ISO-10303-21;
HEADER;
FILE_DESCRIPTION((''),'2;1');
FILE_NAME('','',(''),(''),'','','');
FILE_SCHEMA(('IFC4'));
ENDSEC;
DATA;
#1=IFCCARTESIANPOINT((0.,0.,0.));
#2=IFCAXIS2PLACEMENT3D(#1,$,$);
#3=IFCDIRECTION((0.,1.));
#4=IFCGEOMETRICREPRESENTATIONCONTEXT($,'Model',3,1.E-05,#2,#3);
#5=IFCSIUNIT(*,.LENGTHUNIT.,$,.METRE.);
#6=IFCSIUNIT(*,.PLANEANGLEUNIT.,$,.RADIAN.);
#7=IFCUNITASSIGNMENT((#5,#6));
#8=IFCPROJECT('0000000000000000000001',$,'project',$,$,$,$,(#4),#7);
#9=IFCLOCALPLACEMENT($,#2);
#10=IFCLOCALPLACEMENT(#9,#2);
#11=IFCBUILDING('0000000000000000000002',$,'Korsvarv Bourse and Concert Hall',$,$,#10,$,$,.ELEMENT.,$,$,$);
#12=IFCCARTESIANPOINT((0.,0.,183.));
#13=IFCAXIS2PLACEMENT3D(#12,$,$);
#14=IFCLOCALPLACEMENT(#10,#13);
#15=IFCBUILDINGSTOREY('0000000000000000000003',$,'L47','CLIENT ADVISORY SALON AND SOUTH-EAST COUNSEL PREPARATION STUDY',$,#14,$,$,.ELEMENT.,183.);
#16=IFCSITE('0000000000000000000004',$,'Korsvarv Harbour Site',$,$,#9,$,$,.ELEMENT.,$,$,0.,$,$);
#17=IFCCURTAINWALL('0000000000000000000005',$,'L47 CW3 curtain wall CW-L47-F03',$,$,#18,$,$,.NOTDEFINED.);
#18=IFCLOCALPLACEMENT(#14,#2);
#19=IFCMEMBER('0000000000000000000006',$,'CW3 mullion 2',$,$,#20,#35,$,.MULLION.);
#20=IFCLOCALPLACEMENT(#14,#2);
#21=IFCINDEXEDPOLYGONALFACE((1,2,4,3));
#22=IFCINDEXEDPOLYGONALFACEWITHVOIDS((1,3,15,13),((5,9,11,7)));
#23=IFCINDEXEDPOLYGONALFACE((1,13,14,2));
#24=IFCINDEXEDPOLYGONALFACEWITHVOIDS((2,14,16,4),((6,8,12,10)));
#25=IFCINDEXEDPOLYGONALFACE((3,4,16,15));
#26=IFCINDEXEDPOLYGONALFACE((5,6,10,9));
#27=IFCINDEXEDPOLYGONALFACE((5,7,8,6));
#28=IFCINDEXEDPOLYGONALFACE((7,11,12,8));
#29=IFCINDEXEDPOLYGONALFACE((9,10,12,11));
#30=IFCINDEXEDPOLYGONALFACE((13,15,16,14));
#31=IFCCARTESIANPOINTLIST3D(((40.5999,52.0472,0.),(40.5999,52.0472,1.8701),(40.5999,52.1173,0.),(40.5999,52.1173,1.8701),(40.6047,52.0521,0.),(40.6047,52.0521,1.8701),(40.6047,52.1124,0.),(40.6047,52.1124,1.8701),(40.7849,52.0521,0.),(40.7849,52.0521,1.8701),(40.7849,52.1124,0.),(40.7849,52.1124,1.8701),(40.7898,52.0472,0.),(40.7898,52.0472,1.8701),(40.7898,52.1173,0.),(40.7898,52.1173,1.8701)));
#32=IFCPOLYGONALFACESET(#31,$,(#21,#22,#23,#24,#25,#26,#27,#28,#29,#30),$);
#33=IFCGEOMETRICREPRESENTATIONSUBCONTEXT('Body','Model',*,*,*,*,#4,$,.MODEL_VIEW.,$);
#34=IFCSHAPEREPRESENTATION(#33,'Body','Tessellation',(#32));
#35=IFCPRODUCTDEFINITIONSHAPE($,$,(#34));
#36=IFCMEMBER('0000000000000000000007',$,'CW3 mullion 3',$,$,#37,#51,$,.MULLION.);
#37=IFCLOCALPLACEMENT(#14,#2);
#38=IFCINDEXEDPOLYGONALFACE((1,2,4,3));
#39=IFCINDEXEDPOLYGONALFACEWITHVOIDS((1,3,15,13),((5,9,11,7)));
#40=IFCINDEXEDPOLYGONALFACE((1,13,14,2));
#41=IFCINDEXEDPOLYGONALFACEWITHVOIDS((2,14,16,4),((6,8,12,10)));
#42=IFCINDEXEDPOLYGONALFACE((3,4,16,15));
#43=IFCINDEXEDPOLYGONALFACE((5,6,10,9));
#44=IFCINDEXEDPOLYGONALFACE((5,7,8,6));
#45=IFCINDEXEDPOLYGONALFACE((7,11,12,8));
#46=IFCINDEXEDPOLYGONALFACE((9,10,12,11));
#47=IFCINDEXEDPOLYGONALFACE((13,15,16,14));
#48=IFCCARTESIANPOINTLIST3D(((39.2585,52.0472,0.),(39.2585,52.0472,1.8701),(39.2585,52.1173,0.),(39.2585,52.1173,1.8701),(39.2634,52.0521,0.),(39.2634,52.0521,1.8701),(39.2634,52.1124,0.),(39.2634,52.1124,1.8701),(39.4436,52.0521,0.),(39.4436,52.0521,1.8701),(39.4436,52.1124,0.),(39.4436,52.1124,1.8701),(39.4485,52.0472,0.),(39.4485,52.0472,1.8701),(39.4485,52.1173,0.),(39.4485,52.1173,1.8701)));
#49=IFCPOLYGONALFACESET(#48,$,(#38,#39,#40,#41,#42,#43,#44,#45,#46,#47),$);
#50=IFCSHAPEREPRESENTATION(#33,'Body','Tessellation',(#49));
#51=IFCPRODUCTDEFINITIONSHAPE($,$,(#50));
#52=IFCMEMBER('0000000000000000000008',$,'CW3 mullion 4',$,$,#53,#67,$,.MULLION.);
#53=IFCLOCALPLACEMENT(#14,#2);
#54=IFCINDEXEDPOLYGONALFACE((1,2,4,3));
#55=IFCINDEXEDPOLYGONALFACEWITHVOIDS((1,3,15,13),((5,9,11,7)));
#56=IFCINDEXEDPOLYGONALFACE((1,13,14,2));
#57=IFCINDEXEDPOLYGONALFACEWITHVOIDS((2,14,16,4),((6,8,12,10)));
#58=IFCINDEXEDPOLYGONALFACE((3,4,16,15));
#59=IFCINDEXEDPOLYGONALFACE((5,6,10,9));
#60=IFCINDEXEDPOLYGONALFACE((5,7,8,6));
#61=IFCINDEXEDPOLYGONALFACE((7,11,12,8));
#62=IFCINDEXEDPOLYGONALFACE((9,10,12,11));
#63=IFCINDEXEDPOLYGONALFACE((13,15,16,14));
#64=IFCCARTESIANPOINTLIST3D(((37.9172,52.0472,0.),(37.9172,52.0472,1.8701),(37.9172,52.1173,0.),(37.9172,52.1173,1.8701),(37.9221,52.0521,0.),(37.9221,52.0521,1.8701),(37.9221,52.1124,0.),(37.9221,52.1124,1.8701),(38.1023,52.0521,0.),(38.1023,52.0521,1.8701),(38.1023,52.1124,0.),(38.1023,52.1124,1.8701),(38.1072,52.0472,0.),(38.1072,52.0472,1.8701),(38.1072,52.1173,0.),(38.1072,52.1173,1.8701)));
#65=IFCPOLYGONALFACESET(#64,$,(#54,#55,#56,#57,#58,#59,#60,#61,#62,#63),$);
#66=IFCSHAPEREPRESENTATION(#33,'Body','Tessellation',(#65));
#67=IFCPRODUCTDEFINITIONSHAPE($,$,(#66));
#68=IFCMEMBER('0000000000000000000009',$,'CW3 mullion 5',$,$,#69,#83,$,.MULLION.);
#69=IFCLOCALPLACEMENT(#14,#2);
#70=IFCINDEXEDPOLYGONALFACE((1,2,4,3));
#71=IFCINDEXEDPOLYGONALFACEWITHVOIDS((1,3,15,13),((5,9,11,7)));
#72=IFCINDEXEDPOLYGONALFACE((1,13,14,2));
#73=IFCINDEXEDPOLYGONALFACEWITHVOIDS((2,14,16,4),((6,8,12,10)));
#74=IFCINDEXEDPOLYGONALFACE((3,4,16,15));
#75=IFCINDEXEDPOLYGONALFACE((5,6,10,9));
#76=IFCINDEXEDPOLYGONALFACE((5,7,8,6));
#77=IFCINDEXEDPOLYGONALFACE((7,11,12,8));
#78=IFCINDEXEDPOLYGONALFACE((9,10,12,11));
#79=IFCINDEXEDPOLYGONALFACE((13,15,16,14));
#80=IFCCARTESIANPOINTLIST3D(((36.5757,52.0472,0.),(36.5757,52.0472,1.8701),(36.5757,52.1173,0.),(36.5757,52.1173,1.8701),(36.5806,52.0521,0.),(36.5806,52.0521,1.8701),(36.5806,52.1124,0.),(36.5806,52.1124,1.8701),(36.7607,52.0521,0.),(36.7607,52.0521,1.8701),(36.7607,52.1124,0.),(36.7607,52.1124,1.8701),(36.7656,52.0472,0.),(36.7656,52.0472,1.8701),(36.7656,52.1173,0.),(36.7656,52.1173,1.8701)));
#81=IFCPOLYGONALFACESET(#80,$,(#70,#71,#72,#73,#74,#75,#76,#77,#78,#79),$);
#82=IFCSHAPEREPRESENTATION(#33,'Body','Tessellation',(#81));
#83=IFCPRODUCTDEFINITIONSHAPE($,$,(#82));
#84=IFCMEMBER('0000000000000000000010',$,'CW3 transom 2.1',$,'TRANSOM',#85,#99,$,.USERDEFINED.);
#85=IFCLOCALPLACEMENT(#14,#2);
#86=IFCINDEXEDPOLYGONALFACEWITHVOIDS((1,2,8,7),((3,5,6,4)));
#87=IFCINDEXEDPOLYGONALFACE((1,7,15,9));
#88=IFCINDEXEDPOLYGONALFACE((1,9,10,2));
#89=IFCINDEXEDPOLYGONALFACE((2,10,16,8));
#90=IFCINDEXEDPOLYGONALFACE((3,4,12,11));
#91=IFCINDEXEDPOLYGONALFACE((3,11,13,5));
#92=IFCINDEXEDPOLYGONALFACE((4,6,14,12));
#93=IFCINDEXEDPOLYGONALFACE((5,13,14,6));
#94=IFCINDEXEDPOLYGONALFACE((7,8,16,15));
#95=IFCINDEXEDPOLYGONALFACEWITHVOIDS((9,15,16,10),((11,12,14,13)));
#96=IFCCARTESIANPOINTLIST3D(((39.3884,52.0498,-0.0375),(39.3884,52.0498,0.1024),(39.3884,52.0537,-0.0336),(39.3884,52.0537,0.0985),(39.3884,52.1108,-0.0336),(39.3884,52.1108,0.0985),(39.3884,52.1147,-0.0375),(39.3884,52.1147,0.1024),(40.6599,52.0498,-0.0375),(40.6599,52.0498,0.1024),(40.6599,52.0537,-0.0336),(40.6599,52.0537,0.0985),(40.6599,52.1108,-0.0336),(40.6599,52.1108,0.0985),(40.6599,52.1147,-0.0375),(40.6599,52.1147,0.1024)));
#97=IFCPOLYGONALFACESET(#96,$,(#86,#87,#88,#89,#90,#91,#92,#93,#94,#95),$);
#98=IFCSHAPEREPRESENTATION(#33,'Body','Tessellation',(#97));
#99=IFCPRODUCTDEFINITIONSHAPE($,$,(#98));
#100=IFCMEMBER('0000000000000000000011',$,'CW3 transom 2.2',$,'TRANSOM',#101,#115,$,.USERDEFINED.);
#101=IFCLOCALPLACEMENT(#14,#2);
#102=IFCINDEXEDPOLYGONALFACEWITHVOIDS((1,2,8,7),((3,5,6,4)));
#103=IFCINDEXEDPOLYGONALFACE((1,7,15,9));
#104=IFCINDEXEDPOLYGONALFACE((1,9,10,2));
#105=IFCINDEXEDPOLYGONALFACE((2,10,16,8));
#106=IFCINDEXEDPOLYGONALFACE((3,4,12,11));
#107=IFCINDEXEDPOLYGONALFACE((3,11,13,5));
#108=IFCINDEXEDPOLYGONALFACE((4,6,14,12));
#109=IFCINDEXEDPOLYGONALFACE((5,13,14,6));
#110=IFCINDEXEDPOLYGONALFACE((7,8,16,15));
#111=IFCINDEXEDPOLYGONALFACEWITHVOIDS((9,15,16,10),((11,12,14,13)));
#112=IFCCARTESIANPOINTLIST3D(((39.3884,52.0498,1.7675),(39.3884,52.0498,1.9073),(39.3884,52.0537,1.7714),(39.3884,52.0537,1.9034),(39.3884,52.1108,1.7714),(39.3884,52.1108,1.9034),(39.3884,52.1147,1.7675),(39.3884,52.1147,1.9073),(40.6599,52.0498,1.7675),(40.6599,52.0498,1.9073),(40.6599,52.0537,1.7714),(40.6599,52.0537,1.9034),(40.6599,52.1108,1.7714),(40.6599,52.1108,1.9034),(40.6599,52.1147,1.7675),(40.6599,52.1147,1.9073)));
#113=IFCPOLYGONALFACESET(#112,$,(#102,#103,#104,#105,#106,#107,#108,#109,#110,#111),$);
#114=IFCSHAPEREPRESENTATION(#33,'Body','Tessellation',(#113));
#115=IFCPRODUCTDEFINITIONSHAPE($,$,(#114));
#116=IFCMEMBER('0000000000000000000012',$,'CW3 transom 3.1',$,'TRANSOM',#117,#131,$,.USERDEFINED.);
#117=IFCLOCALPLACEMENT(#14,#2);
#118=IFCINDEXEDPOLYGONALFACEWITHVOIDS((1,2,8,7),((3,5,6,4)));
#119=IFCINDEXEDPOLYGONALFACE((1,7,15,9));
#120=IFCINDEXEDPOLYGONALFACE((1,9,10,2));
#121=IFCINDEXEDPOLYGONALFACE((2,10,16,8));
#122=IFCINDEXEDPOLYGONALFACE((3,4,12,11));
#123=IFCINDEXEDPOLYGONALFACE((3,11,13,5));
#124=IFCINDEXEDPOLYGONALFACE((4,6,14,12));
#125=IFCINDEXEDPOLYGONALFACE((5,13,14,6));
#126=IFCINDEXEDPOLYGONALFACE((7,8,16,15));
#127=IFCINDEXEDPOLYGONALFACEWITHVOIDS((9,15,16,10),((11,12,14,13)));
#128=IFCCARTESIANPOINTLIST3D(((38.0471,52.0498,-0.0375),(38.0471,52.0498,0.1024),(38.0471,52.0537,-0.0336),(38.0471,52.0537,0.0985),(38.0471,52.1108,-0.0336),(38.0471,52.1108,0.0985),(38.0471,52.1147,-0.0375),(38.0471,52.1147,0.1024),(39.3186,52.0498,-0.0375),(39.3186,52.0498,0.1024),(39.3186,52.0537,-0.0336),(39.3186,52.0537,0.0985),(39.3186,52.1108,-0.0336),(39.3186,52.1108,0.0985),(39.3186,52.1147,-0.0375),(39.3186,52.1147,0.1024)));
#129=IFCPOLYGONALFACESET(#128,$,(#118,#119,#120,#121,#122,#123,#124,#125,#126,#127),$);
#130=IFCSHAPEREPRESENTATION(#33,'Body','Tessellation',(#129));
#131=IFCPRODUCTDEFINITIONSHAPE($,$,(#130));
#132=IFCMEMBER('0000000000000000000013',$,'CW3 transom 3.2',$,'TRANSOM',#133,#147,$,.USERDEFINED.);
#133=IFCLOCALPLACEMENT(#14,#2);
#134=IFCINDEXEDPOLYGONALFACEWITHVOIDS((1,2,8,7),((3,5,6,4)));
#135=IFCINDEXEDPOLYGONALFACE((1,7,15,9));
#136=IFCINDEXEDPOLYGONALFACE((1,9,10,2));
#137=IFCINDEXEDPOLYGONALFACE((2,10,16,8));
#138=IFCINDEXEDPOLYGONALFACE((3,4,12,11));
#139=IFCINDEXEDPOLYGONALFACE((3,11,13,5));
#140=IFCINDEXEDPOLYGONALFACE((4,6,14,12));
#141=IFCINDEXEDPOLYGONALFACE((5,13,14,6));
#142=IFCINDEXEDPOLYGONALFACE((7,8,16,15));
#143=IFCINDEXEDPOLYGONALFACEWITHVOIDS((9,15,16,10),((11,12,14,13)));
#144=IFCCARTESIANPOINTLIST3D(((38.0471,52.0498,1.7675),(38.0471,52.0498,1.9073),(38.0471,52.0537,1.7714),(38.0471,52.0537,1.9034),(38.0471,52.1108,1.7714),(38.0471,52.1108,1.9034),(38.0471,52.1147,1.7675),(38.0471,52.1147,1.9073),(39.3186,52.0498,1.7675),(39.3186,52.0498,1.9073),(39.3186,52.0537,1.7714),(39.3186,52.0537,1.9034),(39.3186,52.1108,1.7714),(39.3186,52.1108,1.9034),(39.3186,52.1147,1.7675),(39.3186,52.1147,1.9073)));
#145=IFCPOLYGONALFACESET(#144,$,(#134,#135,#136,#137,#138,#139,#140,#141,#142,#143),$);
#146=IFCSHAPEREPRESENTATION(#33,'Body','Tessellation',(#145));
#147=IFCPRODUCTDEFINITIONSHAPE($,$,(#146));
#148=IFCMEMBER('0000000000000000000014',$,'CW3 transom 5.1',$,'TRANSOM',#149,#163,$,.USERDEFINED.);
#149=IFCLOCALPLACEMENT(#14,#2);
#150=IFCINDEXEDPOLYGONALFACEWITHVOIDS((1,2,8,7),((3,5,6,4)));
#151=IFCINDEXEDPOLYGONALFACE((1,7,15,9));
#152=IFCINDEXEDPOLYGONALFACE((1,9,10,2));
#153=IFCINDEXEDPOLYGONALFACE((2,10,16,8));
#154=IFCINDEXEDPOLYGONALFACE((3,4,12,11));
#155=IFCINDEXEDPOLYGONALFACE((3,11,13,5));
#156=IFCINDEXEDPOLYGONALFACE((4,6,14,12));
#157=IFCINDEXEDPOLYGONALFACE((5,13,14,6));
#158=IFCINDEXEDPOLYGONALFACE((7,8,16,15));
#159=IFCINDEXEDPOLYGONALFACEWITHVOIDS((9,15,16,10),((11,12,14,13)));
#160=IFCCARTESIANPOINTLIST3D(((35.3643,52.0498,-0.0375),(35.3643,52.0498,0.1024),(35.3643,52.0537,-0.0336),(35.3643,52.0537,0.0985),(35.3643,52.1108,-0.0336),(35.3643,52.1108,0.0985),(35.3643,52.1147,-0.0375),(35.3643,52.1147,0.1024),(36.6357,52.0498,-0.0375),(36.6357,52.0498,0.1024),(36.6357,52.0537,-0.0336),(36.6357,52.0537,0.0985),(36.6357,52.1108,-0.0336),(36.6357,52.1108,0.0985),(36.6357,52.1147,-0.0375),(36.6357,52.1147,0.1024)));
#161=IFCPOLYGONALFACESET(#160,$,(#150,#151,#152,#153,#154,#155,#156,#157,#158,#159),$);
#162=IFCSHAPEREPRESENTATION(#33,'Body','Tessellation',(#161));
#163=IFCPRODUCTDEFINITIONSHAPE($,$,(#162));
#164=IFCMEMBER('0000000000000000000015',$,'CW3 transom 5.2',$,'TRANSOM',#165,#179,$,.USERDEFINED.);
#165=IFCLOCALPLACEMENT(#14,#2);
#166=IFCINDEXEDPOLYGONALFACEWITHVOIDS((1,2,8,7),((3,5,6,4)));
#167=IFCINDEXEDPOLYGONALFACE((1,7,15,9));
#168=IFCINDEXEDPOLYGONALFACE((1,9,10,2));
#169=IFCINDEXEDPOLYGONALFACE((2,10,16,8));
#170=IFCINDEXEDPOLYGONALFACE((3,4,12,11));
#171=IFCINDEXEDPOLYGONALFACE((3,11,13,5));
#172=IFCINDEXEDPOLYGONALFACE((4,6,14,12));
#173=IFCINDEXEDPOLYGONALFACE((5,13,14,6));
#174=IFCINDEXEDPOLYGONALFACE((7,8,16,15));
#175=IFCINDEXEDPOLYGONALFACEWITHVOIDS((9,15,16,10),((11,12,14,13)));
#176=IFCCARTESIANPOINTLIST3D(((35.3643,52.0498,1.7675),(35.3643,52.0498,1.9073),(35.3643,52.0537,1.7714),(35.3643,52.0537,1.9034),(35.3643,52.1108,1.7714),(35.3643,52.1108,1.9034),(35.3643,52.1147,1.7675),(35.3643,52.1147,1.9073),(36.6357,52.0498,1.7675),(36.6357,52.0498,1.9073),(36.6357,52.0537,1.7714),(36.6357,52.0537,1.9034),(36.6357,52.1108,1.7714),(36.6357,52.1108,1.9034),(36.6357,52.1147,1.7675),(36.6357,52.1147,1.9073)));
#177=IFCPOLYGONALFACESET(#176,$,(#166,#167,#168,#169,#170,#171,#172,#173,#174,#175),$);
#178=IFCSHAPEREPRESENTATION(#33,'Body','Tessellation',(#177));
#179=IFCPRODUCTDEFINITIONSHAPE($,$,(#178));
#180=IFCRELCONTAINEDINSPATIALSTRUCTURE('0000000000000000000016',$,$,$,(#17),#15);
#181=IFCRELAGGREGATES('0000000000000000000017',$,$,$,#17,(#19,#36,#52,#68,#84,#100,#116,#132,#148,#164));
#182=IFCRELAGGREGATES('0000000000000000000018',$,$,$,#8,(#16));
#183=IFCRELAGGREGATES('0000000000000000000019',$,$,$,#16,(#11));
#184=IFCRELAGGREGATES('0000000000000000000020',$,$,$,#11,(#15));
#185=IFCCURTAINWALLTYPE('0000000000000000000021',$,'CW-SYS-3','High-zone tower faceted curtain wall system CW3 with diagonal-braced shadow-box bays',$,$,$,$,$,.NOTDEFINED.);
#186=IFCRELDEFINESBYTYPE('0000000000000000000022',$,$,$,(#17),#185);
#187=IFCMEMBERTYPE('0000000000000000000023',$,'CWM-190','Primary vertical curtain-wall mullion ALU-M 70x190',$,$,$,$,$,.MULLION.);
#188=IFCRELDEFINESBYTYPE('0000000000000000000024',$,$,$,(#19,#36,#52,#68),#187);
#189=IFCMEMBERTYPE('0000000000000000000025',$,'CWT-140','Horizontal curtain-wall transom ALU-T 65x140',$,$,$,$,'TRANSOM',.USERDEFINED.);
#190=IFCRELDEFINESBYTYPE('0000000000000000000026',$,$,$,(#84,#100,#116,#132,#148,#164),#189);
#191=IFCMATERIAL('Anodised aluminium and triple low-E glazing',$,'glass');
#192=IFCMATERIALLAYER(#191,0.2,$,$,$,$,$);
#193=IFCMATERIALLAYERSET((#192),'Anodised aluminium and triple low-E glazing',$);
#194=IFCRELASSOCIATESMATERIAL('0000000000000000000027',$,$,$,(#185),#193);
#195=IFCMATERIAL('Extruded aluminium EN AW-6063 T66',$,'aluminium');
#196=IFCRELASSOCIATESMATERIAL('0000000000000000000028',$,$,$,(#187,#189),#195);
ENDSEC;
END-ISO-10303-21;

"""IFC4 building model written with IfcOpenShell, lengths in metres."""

from ifc_helpers import new_model, si_unit, direction, frame, origin, origin_2d, place, context, subcontext, project, spatial, hollow_rectangle, extrude, source, transform, mapped, material, layer, layer_set, material_profile, profile_set, type_object, element, aggregate, save


model = new_model("IFC4")

# Units and contexts
model_context = context("Model", 3, precision=1e-05, world=origin(), true_north=direction((0.0, 1.0)))
body_context = subcontext(model_context, "Body", "Model", "MODEL_VIEW")
ifc_project = project(units=[si_unit("LENGTHUNIT", "METRE"), si_unit("PLANEANGLEUNIT", "RADIAN")], contexts=[model_context])

# Site, building, storey
site_placement = place(None, origin())
site = spatial("IfcSite", under=ifc_project, at=site_placement, Name="Korsvarv Harbour Site", CompositionType="ELEMENT", RefElevation=0.0)
building_placement = place(site_placement, origin())
building = spatial("IfcBuilding", under=site, at=building_placement, Name="Korsvarv Bourse and Concert Hall", CompositionType="ELEMENT")
storey_placement = place(building_placement, frame((0.0, 0.0, 183.0)))
storey = spatial("IfcBuildingStorey", under=building, at=storey_placement, Name="L47", Description="CLIENT ADVISORY SALON AND SOUTH-EAST COUNSEL PREPARATION STUDY", CompositionType="ELEMENT", Elevation=183.0)

# Curtain wall, members
ifc_material_1 = material(Name="Anodised aluminium and triple low-E glazing", Category="glass")
ifc_layer_1 = layer(ifc_material_1, 0.2)
ifc_layer_set_1 = layer_set([ifc_layer_1], Name="Anodised aluminium and triple low-E glazing")
curtain_wall_type = type_object("IfcCurtainWallType", Name="CW-SYS-3", Description="High-zone tower faceted curtain wall system CW3 with diagonal-braced shadow-box bays", PredefinedType="NOTDEFINED", material=ifc_layer_set_1)
curtain_wall_placement = place(storey_placement, origin())
curtain_wall = element("IfcCurtainWall", 1, at=curtain_wall_placement, inside=storey, type_object=curtain_wall_type, Name="L47 CW3 curtain wall CW-L47-F03", PredefinedType="NOTDEFINED")
ifc_material_2 = material(Name="Extruded aluminium EN AW-6063 T66", Category="aluminium")
ifc_material_profile_1 = material_profile(ifc_material_2, hollow_rectangle(XDim=0.0701, YDim=0.1899, WallThickness=0.0049, at=origin_2d()), Name="ALU-M 70x190")
ifc_profile_set_1 = profile_set([ifc_material_profile_1], Name="Extruded aluminium EN AW-6063 T66")
member_type_1 = type_object("IfcMemberType", Name="CWM-190", Description="Primary vertical curtain-wall mullion ALU-M 70x190", PredefinedType="MULLION", material=ifc_profile_set_1)
shared_shape_1 = source(origin(), body_context, "Body", "SweptSolid", [
    extrude(hollow_rectangle(XDim=0.0701, YDim=0.1899, WallThickness=0.0049, at=origin_2d()), origin(), (0.0, 0.0, 1.0), 1.8701),
])
member_1_placement = place(storey_placement, frame((40.6948, 52.0823, 0.0), z_axis=(0.0, 0.0, 1.0), x_axis=(0.0, -1.0, 0.0)))
member_1 = element("IfcMember", 2, at=member_1_placement, type_object=member_type_1, Name="CW3 mullion 2", PredefinedType="MULLION", context=body_context, shape_type="MappedRepresentation", body=[
    mapped(shared_shape_1, transform((0.0, 0.0, 0.0), scale=1.0)),
])
member_2_placement = place(storey_placement, frame((39.3535, 52.0823, 0.0), z_axis=(0.0, 0.0, 1.0), x_axis=(0.0, -1.0, 0.0)))
member_2 = element("IfcMember", 3, at=member_2_placement, type_object=member_type_1, Name="CW3 mullion 3", PredefinedType="MULLION", context=body_context, shape_type="MappedRepresentation", body=[
    mapped(shared_shape_1, transform((0.0, 0.0, 0.0), scale=1.0)),
])
member_3_placement = place(storey_placement, frame((38.0122, 52.0823, 0.0), z_axis=(0.0, 0.0, 1.0), x_axis=(0.0, -1.0, 0.0)))
member_3 = element("IfcMember", 4, at=member_3_placement, type_object=member_type_1, Name="CW3 mullion 4", PredefinedType="MULLION", context=body_context, shape_type="MappedRepresentation", body=[
    mapped(shared_shape_1, transform((0.0, 0.0, 0.0), scale=1.0)),
])
member_4_placement = place(storey_placement, frame((36.6707, 52.0823, 0.0), z_axis=(0.0, 0.0, 1.0), x_axis=(0.0, -1.0, 0.0)))
member_4 = element("IfcMember", 5, at=member_4_placement, type_object=member_type_1, Name="CW3 mullion 5", PredefinedType="MULLION", context=body_context, shape_type="MappedRepresentation", body=[
    mapped(shared_shape_1, transform((0.0, 0.0, 0.0), scale=1.0)),
])
ifc_material_profile_2 = material_profile(ifc_material_2, hollow_rectangle(XDim=0.0649, YDim=0.1399, WallThickness=0.0039, at=origin_2d()), Name="ALU-T 65x140")
ifc_profile_set_2 = profile_set([ifc_material_profile_2], Name="Extruded aluminium EN AW-6063 T66")
member_type_2 = type_object("IfcMemberType", Name="CWT-140", Description="Horizontal curtain-wall transom ALU-T 65x140", ElementType="TRANSOM", PredefinedType="USERDEFINED", material=ifc_profile_set_2)
shared_shape_2 = source(origin(), body_context, "Body", "SweptSolid", [
    extrude(hollow_rectangle(XDim=0.0649, YDim=0.1399, WallThickness=0.0039, at=origin_2d()), origin(), (0.0, 0.0, 1.0), 1.2715),
])
member_5_placement = place(storey_placement, frame((40.6599, 52.0823, 0.0325), z_axis=(-1.0, 0.0, 0.0), x_axis=(0.0, -1.0, 0.0)))
member_5 = element("IfcMember", 6, at=member_5_placement, type_object=member_type_2, Name="CW3 transom 2.1", ObjectType="TRANSOM", PredefinedType="USERDEFINED", context=body_context, shape_type="MappedRepresentation", body=[
    mapped(shared_shape_2, transform((0.0, 0.0, 0.0), scale=1.0)),
])
member_6_placement = place(storey_placement, frame((40.6599, 52.0823, 1.8374), z_axis=(-1.0, 0.0, 0.0), x_axis=(0.0, -1.0, 0.0)))
member_6 = element("IfcMember", 7, at=member_6_placement, type_object=member_type_2, Name="CW3 transom 2.2", ObjectType="TRANSOM", PredefinedType="USERDEFINED", context=body_context, shape_type="MappedRepresentation", body=[
    mapped(shared_shape_2, transform((0.0, 0.0, 0.0), scale=1.0)),
])
member_7_placement = place(storey_placement, frame((39.3186, 52.0823, 0.0325), z_axis=(-1.0, 0.0, 0.0), x_axis=(0.0, -1.0, 0.0)))
member_7 = element("IfcMember", 8, at=member_7_placement, type_object=member_type_2, Name="CW3 transom 3.1", ObjectType="TRANSOM", PredefinedType="USERDEFINED", context=body_context, shape_type="MappedRepresentation", body=[
    mapped(shared_shape_2, transform((0.0, 0.0, 0.0), scale=1.0)),
])
member_8_placement = place(storey_placement, frame((39.3186, 52.0823, 1.8374), z_axis=(-1.0, 0.0, 0.0), x_axis=(0.0, -1.0, 0.0)))
member_8 = element("IfcMember", 9, at=member_8_placement, type_object=member_type_2, Name="CW3 transom 3.2", ObjectType="TRANSOM", PredefinedType="USERDEFINED", context=body_context, shape_type="MappedRepresentation", body=[
    mapped(shared_shape_2, transform((0.0, 0.0, 0.0), scale=1.0)),
])
member_9_placement = place(storey_placement, frame((36.6357, 52.0823, 0.0325), z_axis=(-1.0, 0.0, 0.0), x_axis=(0.0, -1.0, 0.0)))
member_9 = element("IfcMember", 10, at=member_9_placement, type_object=member_type_2, Name="CW3 transom 5.1", ObjectType="TRANSOM", PredefinedType="USERDEFINED", context=body_context, shape_type="MappedRepresentation", body=[
    mapped(shared_shape_2, transform((0.0, 0.0, 0.0), scale=1.0)),
])
member_10_placement = place(storey_placement, frame((36.6357, 52.0823, 1.8374), z_axis=(-1.0, 0.0, 0.0), x_axis=(0.0, -1.0, 0.0)))
member_10 = element("IfcMember", 11, at=member_10_placement, type_object=member_type_2, Name="CW3 transom 5.2", ObjectType="TRANSOM", PredefinedType="USERDEFINED", context=body_context, shape_type="MappedRepresentation", body=[
    mapped(shared_shape_2, transform((0.0, 0.0, 0.0), scale=1.0)),
])
aggregate(curtain_wall, [member_1, member_2, member_3, member_4, member_5, member_6, member_7, member_8, member_9, member_10])

save(model, "model.ifc")
